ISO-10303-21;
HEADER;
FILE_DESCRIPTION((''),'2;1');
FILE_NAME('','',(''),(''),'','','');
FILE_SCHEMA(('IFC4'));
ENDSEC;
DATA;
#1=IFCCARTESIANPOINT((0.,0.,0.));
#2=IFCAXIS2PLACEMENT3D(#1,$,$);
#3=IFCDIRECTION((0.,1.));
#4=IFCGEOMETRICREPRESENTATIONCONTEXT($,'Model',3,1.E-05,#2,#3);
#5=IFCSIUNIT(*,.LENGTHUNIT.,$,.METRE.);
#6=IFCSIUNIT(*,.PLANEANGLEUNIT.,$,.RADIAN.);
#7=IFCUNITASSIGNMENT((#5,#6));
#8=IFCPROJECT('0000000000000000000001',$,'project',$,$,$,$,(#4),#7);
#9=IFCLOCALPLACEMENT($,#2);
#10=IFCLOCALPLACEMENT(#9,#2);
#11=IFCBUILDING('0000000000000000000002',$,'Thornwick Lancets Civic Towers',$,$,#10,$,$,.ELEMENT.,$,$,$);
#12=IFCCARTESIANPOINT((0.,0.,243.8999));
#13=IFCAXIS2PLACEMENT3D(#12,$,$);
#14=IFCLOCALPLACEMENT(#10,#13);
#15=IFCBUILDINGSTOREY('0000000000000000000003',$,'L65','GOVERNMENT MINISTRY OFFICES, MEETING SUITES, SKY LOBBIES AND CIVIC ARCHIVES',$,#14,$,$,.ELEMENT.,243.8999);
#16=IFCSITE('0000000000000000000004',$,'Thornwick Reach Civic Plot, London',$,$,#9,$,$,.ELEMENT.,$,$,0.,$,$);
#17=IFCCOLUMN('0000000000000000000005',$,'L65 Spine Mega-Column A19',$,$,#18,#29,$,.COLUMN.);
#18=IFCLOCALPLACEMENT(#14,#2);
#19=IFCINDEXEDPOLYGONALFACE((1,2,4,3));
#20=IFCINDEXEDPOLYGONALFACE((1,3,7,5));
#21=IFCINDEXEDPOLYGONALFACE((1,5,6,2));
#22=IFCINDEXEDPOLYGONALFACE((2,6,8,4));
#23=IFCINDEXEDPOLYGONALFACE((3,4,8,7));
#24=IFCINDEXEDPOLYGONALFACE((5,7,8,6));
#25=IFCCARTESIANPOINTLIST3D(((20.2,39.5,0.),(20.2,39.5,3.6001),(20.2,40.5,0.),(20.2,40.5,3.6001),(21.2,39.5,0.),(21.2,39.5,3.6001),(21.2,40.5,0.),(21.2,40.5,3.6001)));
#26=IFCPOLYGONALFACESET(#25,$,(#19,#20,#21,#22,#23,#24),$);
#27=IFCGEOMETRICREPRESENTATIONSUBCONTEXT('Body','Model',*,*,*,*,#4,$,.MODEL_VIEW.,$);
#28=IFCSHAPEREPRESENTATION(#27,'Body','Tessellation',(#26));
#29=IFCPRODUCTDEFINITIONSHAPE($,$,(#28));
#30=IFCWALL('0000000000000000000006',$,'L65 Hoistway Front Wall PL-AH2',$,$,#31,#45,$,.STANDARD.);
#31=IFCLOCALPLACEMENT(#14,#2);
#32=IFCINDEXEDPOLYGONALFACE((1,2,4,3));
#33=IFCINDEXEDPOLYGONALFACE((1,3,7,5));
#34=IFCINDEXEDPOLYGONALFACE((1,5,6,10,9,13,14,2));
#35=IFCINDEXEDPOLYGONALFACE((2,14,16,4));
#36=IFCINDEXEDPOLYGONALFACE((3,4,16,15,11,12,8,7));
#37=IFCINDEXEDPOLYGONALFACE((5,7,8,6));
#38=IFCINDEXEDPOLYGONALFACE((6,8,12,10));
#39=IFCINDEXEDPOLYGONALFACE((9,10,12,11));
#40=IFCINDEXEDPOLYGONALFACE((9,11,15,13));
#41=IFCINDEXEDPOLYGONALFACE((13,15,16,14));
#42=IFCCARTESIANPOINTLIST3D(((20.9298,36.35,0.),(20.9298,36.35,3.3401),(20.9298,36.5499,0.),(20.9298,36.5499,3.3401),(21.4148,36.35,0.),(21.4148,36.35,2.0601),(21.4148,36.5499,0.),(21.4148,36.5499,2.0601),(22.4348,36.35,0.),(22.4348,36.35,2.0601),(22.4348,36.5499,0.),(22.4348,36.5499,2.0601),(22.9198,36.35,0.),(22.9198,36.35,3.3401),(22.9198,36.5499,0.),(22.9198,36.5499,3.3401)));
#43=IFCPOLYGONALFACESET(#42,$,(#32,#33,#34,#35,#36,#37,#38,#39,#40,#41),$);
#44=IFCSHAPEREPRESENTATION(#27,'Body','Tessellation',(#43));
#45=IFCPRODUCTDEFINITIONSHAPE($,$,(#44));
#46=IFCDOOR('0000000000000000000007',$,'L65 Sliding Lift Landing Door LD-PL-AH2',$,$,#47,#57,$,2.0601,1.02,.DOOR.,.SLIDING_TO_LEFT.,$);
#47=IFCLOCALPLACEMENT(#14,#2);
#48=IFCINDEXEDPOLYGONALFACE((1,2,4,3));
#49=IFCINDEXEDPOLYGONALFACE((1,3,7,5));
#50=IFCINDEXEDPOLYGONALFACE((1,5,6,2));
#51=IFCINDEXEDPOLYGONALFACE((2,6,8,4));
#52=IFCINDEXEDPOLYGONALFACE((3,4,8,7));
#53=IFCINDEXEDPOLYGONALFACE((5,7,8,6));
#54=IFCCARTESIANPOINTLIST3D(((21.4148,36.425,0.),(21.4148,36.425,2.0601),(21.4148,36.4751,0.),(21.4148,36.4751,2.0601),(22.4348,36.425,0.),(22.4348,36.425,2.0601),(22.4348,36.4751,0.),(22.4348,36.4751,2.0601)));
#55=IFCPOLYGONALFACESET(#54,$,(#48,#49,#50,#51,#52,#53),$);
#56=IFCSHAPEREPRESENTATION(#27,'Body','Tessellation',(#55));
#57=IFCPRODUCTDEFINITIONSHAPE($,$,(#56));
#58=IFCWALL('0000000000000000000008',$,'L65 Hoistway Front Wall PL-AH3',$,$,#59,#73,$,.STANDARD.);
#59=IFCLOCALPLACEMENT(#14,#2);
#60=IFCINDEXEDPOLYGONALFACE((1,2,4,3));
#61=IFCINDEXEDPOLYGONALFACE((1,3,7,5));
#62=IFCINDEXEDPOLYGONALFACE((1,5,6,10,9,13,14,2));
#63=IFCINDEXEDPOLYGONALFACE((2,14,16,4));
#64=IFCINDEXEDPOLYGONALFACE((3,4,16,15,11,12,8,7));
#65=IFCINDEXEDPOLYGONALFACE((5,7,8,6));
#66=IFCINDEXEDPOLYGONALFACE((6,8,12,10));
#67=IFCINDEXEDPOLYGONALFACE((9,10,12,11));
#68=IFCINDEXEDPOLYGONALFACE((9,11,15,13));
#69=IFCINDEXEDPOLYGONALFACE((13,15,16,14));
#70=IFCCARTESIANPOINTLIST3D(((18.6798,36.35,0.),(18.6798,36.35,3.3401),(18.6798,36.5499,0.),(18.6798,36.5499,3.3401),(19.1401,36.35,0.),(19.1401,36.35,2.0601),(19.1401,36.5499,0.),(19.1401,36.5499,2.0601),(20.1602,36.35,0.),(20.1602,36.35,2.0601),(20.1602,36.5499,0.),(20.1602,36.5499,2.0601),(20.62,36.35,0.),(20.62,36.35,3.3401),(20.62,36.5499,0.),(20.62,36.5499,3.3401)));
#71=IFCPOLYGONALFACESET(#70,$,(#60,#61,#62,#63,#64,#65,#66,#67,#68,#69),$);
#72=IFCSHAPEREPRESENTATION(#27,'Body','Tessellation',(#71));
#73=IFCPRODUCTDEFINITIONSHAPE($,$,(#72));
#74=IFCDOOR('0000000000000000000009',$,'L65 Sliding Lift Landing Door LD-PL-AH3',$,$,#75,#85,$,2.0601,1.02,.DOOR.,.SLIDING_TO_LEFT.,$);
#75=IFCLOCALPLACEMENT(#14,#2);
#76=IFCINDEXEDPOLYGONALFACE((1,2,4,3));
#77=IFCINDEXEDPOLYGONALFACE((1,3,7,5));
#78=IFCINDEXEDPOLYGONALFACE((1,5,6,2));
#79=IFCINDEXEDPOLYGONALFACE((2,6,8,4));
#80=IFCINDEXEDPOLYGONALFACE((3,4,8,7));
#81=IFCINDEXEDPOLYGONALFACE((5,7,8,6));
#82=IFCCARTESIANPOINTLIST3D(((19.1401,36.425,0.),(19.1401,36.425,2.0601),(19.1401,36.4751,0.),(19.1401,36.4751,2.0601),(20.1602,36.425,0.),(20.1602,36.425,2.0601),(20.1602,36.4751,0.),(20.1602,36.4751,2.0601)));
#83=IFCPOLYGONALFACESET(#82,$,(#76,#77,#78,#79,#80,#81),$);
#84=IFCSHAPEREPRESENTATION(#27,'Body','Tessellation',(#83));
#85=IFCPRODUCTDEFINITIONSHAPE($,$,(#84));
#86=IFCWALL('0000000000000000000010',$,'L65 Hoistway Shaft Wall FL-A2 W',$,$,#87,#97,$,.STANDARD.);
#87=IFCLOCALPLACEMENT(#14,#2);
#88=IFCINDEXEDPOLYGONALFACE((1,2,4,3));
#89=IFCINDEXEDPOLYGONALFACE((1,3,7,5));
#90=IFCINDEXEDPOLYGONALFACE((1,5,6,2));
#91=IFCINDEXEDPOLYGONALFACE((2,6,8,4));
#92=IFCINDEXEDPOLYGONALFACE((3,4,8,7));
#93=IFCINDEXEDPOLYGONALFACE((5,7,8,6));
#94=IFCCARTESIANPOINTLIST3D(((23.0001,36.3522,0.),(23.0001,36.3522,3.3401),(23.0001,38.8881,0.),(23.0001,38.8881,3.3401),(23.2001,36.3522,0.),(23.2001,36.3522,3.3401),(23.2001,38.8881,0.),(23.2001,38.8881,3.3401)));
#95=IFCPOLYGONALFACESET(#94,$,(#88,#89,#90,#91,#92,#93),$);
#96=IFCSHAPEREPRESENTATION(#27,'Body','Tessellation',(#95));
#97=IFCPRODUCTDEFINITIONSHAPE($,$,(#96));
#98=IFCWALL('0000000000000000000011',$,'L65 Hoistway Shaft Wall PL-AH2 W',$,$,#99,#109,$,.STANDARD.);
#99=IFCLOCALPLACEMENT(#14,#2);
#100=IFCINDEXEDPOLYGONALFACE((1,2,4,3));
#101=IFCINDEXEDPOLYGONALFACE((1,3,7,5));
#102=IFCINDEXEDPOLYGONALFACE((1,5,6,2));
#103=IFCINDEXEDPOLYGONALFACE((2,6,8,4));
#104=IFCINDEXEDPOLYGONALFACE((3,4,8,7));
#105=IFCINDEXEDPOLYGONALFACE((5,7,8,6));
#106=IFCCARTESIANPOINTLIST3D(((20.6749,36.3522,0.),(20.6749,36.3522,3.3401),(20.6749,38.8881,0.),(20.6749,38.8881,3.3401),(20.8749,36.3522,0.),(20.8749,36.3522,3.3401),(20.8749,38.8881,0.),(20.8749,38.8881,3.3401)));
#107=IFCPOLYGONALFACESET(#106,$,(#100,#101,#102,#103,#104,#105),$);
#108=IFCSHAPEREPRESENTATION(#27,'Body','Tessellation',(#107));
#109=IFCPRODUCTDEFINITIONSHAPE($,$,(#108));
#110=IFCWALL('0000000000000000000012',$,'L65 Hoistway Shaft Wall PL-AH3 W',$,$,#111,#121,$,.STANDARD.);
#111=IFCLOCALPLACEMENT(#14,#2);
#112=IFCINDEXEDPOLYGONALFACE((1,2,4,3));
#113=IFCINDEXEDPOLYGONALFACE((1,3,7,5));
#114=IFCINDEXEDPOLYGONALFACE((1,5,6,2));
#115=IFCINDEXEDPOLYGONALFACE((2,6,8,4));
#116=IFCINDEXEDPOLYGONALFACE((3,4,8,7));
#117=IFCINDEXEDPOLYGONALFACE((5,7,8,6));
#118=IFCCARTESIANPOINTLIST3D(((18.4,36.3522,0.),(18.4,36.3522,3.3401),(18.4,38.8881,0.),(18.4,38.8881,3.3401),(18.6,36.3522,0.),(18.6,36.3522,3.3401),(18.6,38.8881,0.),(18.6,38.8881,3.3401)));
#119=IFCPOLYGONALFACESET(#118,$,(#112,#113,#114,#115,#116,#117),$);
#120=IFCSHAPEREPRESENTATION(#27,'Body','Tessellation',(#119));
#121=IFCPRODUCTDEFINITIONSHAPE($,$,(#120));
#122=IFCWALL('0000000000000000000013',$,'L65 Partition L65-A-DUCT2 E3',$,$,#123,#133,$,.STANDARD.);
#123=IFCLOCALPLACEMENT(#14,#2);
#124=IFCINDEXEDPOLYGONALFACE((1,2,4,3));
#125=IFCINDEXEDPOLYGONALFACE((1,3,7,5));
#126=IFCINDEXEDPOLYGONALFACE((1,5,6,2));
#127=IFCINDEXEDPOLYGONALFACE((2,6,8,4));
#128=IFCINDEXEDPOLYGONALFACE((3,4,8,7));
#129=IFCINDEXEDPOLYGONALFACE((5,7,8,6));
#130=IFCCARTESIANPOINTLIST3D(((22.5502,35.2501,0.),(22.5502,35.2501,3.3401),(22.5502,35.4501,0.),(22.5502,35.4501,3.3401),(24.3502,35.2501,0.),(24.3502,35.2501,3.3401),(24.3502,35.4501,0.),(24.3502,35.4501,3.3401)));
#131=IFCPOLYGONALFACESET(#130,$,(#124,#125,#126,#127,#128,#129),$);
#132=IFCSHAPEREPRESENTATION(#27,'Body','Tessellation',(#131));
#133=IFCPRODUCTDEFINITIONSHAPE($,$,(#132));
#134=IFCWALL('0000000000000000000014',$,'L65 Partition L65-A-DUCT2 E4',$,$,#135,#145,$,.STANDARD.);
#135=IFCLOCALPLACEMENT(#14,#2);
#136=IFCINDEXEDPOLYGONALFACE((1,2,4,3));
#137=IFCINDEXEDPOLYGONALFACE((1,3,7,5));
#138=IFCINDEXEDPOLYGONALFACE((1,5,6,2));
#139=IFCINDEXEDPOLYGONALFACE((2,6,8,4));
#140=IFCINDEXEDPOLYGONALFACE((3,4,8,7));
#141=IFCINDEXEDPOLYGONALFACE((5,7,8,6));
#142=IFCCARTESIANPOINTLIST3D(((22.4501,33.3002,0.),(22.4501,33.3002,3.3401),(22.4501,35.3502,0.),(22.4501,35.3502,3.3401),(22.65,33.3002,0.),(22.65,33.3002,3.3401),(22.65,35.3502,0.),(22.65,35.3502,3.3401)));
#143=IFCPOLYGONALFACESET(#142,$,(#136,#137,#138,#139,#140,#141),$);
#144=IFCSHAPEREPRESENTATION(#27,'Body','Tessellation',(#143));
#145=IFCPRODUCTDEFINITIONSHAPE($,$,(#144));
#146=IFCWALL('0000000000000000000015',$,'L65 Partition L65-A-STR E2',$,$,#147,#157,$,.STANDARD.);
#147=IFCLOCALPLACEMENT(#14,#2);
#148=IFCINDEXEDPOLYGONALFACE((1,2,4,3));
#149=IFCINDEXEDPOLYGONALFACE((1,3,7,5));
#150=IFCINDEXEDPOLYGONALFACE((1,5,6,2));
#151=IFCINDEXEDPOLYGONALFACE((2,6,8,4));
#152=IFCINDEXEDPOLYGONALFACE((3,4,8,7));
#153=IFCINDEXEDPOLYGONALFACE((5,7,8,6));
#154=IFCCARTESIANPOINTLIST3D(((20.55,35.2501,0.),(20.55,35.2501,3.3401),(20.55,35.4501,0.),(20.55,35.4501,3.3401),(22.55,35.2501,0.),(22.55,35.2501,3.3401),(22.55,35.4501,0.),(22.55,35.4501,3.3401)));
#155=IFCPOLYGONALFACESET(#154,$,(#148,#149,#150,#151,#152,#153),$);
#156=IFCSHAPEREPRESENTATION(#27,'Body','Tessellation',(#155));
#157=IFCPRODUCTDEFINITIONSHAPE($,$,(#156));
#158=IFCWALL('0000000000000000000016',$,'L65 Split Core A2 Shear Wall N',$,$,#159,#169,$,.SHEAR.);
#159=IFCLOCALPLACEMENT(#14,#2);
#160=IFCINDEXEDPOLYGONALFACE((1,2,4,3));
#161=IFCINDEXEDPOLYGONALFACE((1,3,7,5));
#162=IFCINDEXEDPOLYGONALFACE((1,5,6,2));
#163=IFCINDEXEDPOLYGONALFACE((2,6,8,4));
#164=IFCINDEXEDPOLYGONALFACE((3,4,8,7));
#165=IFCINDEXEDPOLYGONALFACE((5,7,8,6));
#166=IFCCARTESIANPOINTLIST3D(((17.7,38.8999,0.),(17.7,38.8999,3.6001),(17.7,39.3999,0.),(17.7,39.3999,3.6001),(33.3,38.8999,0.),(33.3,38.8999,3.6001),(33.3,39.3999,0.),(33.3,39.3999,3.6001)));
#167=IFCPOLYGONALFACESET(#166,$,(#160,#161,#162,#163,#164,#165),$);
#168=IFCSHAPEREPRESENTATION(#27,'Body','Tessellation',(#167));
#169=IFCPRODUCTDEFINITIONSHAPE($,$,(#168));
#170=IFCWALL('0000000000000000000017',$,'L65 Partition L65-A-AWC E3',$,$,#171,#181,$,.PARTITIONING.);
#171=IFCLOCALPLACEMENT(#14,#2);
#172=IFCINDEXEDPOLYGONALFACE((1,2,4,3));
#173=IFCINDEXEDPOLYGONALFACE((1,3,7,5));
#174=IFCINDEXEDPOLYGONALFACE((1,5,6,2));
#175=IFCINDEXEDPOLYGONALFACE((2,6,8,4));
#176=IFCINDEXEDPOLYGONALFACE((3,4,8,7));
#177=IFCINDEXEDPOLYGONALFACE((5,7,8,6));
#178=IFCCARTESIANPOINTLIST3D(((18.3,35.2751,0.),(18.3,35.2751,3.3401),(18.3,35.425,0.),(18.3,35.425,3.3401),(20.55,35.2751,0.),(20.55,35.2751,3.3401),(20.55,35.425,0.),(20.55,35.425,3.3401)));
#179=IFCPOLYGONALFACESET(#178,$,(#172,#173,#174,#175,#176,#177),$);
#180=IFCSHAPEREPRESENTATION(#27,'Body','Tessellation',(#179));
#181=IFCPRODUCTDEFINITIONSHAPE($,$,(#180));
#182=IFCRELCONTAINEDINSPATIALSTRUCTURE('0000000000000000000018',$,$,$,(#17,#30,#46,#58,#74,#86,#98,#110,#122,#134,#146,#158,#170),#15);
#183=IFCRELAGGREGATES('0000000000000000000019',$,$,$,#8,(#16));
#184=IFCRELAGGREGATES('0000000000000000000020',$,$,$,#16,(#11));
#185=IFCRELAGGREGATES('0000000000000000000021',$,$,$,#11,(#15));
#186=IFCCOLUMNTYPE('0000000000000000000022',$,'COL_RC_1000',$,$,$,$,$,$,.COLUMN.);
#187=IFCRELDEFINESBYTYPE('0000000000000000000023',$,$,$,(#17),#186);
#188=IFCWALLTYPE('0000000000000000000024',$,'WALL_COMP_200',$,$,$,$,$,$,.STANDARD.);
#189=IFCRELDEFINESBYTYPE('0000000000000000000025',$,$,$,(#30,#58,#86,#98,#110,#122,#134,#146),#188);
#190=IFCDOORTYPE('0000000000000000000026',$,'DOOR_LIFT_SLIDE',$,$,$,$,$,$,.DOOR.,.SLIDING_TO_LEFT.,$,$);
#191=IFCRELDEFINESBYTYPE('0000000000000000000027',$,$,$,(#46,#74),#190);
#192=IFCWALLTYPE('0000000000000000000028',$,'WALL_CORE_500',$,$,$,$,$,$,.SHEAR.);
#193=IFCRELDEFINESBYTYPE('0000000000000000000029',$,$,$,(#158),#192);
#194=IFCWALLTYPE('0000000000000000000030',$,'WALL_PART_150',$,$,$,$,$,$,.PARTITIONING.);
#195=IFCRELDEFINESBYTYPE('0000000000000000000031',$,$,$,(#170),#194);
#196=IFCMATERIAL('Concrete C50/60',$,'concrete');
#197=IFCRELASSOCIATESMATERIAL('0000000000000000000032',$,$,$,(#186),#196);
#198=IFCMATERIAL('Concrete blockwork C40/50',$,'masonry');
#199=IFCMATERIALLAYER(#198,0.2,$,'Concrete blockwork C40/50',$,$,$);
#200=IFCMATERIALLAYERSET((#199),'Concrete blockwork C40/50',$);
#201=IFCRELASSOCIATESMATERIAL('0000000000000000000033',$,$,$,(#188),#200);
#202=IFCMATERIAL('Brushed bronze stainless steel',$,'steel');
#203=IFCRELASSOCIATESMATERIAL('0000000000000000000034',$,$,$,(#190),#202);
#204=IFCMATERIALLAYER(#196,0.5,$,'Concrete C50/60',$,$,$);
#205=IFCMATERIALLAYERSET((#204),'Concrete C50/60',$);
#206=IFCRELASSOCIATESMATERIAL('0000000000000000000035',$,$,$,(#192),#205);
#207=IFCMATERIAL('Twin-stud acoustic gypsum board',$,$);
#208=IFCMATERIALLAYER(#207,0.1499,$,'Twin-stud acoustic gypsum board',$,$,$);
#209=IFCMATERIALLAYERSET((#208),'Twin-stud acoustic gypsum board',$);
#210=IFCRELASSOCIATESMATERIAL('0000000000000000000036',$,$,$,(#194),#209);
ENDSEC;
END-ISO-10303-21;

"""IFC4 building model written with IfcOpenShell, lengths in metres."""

from ifc_helpers import new_model, si_unit, direction, frame, frame_2d, origin, origin_2d, place, context, subcontext, project, spatial, rectangle, extrude, material, layer, layer_set, material_profile, profile_set, type_object, element, fill, save


model = new_model("IFC4")

# Units and contexts
model_context = context("Model", 3, precision=1e-05, world=origin(), true_north=direction((0.0, 1.0)))
body_context = subcontext(model_context, "Body", "Model", "MODEL_VIEW")
ifc_project = project(units=[si_unit("LENGTHUNIT", "METRE"), si_unit("PLANEANGLEUNIT", "RADIAN")], contexts=[model_context])

# Site, building, storey
site_placement = place(None, origin())
site = spatial("IfcSite", under=ifc_project, at=site_placement, Name="Thornwick Reach Civic Plot, London", CompositionType="ELEMENT", RefElevation=0.0)
building_placement = place(site_placement, origin())
building = spatial("IfcBuilding", under=site, at=building_placement, Name="Thornwick Lancets Civic Towers", CompositionType="ELEMENT")
storey_placement = place(building_placement, frame((0.0, 0.0, 243.8999)))
storey = spatial("IfcBuildingStorey", under=building, at=storey_placement, Name="L65", Description="GOVERNMENT MINISTRY OFFICES, MEETING SUITES, SKY LOBBIES AND CIVIC ARCHIVES", CompositionType="ELEMENT", Elevation=243.8999)

# Column
ifc_material_1 = material(Name="Concrete C50/60", Category="concrete")
ifc_material_profile = material_profile(ifc_material_1, rectangle(XDim=1.0, YDim=1.0, at=origin_2d()), Name="RC 1000x1000")
ifc_profile_set = profile_set([ifc_material_profile], Name="Concrete C50/60")
column_type = type_object("IfcColumnType", Name="COL_RC_1000", PredefinedType="COLUMN", material=ifc_profile_set)
column_placement = place(storey_placement, frame((20.7, 40.0, 0.0), z_axis=(0.0, 0.0, 1.0), x_axis=(1.0, 0.0, 0.0)))
element("IfcColumn", 1, at=column_placement, inside=storey, type_object=column_type, Name="L65 Spine Mega-Column A19", PredefinedType="COLUMN", context=body_context, shape_type="SweptSolid", body=[
    extrude(rectangle(XDim=1.0, YDim=1.0, at=origin_2d()), origin(), (0.0, 0.0, 1.0), 3.6001),
])

# Walls, openings, doors
ifc_material_2 = material(Name="Concrete blockwork C40/50", Category="masonry")
ifc_layer_1 = layer(ifc_material_2, 0.2, Name="Concrete blockwork C40/50")
ifc_layer_set_1 = layer_set([ifc_layer_1], Name="Concrete blockwork C40/50")
wall_type_1 = type_object("IfcWallType", Name="WALL_COMP_200", PredefinedType="STANDARD", material=ifc_layer_set_1)
wall_1_placement = place(storey_placement, frame((22.9199, 36.45, 0.0), z_axis=(0.0, 0.0, 1.0), x_axis=(-1.0, 0.0, 0.0)))
wall_1 = element("IfcWall", 2, at=wall_1_placement, inside=storey, type_object=wall_type_1, Name="L65 Hoistway Front Wall PL-AH2", PredefinedType="STANDARD", context=body_context, shape_type="SweptSolid", body=[
    extrude(rectangle(XDim=1.99, YDim=0.2, at=frame_2d((0.9951, 0.0))), origin(), (0.0, 0.0, 1.0), 3.3401),
])
opening_1_placement = place(wall_1_placement, frame((0.4851, 0.0, 0.0)))
opening_1 = element("IfcOpeningElement", 3, at=opening_1_placement, cuts=wall_1, PredefinedType="OPENING", context=body_context, shape_type="SweptSolid", body=[
    extrude(rectangle(XDim=1.02, YDim=2.0601, at=frame_2d((0.51, 1.03))), frame((0.0, 0.1099, 0.0), z_axis=(0.0, -1.0, 0.0), x_axis=(1.0, 0.0, 0.0)), (0.0, 0.0, 1.0), 0.22),
])
ifc_material_3 = material(Name="Brushed bronze stainless steel", Category="steel")
door_type = type_object("IfcDoorType", Name="DOOR_LIFT_SLIDE", OperationType="SLIDING_TO_LEFT", PredefinedType="DOOR", material=ifc_material_3)
door_1_placement = place(opening_1_placement, origin())
door_1 = element("IfcDoor", 4, at=door_1_placement, inside=storey, type_object=door_type, Name="L65 Sliding Lift Landing Door LD-PL-AH2", OperationType="SLIDING_TO_LEFT", OverallHeight=2.0601, OverallWidth=1.02, PredefinedType="DOOR", context=body_context, shape_type="SweptSolid", body=[
    extrude(rectangle(XDim=1.02, YDim=2.0601, at=frame_2d((0.51, 1.03))), frame((0.0, 0.0249, 0.0), z_axis=(0.0, -1.0, 0.0), x_axis=(1.0, 0.0, 0.0)), (0.0, 0.0, 1.0), 0.05),
])
fill(opening_1, door_1)
wall_2_placement = place(storey_placement, frame((20.6201, 36.45, 0.0), z_axis=(0.0, 0.0, 1.0), x_axis=(-1.0, 0.0, 0.0)))
wall_2 = element("IfcWall", 5, at=wall_2_placement, inside=storey, type_object=wall_type_1, Name="L65 Hoistway Front Wall PL-AH3", PredefinedType="STANDARD", context=body_context, shape_type="SweptSolid", body=[
    extrude(rectangle(XDim=1.9402, YDim=0.2, at=frame_2d((0.9702, 0.0))), origin(), (0.0, 0.0, 1.0), 3.3401),
])
opening_2_placement = place(wall_2_placement, frame((0.46, 0.0, 0.0)))
opening_2 = element("IfcOpeningElement", 6, at=opening_2_placement, cuts=wall_2, PredefinedType="OPENING", context=body_context, shape_type="SweptSolid", body=[
    extrude(rectangle(XDim=1.02, YDim=2.0601, at=frame_2d((0.51, 1.03))), frame((0.0, 0.1099, 0.0), z_axis=(0.0, -1.0, 0.0), x_axis=(1.0, 0.0, 0.0)), (0.0, 0.0, 1.0), 0.22),
])
door_2_placement = place(opening_2_placement, origin())
door_2 = element("IfcDoor", 7, at=door_2_placement, inside=storey, type_object=door_type, Name="L65 Sliding Lift Landing Door LD-PL-AH3", OperationType="SLIDING_TO_LEFT", OverallHeight=2.0601, OverallWidth=1.02, PredefinedType="DOOR", context=body_context, shape_type="SweptSolid", body=[
    extrude(rectangle(XDim=1.02, YDim=2.0601, at=frame_2d((0.51, 1.03))), frame((0.0, 0.0249, 0.0), z_axis=(0.0, -1.0, 0.0), x_axis=(1.0, 0.0, 0.0)), (0.0, 0.0, 1.0), 0.05),
])
fill(opening_2, door_2)

# Walls
for number, where, z_axis, x_axis, name in (
    (8, (23.1001, 36.3521, 0.0), (0.0, 0.0, 1.0), (0.0, 1.0, 0.0), "L65 Hoistway Shaft Wall FL-A2 W"),
    (9, (20.7749, 36.3521, 0.0), (0.0, 0.0, 1.0), (0.0, 1.0, 0.0), "L65 Hoistway Shaft Wall PL-AH2 W"),
    (10, (18.5, 36.3521, 0.0), (0.0, 0.0, 1.0), (0.0, 1.0, 0.0), "L65 Hoistway Shaft Wall PL-AH3 W"),
):
    element("IfcWall", number, at=place(storey_placement, frame(where, z_axis=z_axis, x_axis=x_axis)), inside=storey, type_object=wall_type_1, Name=name, PredefinedType="STANDARD", context=body_context, shape_type="SweptSolid", body=[
        extrude(rectangle(XDim=2.5359, YDim=0.2, at=frame_2d((1.2681, 0.0))), origin(), (0.0, 0.0, 1.0), 3.3401),
    ])
wall_3_placement = place(storey_placement, frame((24.3501, 35.3501, 0.0), z_axis=(0.0, 0.0, 1.0), x_axis=(-1.0, 0.0, 0.0)))
element("IfcWall", 11, at=wall_3_placement, inside=storey, type_object=wall_type_1, Name="L65 Partition L65-A-DUCT2 E3", PredefinedType="STANDARD", context=body_context, shape_type="SweptSolid", body=[
    extrude(rectangle(XDim=1.8, YDim=0.2, at=frame_2d((0.8999, 0.0))), origin(), (0.0, 0.0, 1.0), 3.3401),
])
wall_4_placement = place(storey_placement, frame((22.55, 35.3501, 0.0), z_axis=(0.0, 0.0, 1.0), x_axis=(0.0, -1.0, 0.0)))
element("IfcWall", 12, at=wall_4_placement, inside=storey, type_object=wall_type_1, Name="L65 Partition L65-A-DUCT2 E4", PredefinedType="STANDARD", context=body_context, shape_type="SweptSolid", body=[
    extrude(rectangle(XDim=2.05, YDim=0.2, at=frame_2d((1.0249, 0.0))), origin(), (0.0, 0.0, 1.0), 3.3401),
])
wall_5_placement = place(storey_placement, frame((20.55, 35.3501, 0.0), z_axis=(0.0, 0.0, 1.0), x_axis=(1.0, 0.0, 0.0)))
element("IfcWall", 13, at=wall_5_placement, inside=storey, type_object=wall_type_1, Name="L65 Partition L65-A-STR E2", PredefinedType="STANDARD", context=body_context, shape_type="SweptSolid", body=[
    extrude(rectangle(XDim=2.0, YDim=0.2, at=frame_2d((1.0, 0.0))), origin(), (0.0, 0.0, 1.0), 3.3401),
])
ifc_layer_2 = layer(ifc_material_1, 0.5, Name="Concrete C50/60")
ifc_layer_set_2 = layer_set([ifc_layer_2], Name="Concrete C50/60")
wall_type_2 = type_object("IfcWallType", Name="WALL_CORE_500", PredefinedType="SHEAR", material=ifc_layer_set_2)
wall_6_placement = place(storey_placement, frame((17.7, 39.1499, 0.0), z_axis=(0.0, 0.0, 1.0), x_axis=(1.0, 0.0, 0.0)))
element("IfcWall", 14, at=wall_6_placement, inside=storey, type_object=wall_type_2, Name="L65 Split Core A2 Shear Wall N", PredefinedType="SHEAR", context=body_context, shape_type="SweptSolid", body=[
    extrude(rectangle(XDim=15.6001, YDim=0.5, at=frame_2d((7.8, 0.0))), origin(), (0.0, 0.0, 1.0), 3.6001),
])
ifc_material_4 = material(Name="Twin-stud acoustic gypsum board")
ifc_layer_3 = layer(ifc_material_4, 0.1499, Name="Twin-stud acoustic gypsum board")
ifc_layer_set_3 = layer_set([ifc_layer_3], Name="Twin-stud acoustic gypsum board")
wall_type_3 = type_object("IfcWallType", Name="WALL_PART_150", PredefinedType="PARTITIONING", material=ifc_layer_set_3)
wall_7_placement = place(storey_placement, frame((20.55, 35.3501, 0.0), z_axis=(0.0, 0.0, 1.0), x_axis=(-1.0, 0.0, 0.0)))
element("IfcWall", 15, at=wall_7_placement, inside=storey, type_object=wall_type_3, Name="L65 Partition L65-A-AWC E3", PredefinedType="PARTITIONING", context=body_context, shape_type="SweptSolid", body=[
    extrude(rectangle(XDim=2.25, YDim=0.1499, at=frame_2d((1.125, 0.0))), origin(), (0.0, 0.0, 1.0), 3.3401),
])

save(model, "model.ifc")
